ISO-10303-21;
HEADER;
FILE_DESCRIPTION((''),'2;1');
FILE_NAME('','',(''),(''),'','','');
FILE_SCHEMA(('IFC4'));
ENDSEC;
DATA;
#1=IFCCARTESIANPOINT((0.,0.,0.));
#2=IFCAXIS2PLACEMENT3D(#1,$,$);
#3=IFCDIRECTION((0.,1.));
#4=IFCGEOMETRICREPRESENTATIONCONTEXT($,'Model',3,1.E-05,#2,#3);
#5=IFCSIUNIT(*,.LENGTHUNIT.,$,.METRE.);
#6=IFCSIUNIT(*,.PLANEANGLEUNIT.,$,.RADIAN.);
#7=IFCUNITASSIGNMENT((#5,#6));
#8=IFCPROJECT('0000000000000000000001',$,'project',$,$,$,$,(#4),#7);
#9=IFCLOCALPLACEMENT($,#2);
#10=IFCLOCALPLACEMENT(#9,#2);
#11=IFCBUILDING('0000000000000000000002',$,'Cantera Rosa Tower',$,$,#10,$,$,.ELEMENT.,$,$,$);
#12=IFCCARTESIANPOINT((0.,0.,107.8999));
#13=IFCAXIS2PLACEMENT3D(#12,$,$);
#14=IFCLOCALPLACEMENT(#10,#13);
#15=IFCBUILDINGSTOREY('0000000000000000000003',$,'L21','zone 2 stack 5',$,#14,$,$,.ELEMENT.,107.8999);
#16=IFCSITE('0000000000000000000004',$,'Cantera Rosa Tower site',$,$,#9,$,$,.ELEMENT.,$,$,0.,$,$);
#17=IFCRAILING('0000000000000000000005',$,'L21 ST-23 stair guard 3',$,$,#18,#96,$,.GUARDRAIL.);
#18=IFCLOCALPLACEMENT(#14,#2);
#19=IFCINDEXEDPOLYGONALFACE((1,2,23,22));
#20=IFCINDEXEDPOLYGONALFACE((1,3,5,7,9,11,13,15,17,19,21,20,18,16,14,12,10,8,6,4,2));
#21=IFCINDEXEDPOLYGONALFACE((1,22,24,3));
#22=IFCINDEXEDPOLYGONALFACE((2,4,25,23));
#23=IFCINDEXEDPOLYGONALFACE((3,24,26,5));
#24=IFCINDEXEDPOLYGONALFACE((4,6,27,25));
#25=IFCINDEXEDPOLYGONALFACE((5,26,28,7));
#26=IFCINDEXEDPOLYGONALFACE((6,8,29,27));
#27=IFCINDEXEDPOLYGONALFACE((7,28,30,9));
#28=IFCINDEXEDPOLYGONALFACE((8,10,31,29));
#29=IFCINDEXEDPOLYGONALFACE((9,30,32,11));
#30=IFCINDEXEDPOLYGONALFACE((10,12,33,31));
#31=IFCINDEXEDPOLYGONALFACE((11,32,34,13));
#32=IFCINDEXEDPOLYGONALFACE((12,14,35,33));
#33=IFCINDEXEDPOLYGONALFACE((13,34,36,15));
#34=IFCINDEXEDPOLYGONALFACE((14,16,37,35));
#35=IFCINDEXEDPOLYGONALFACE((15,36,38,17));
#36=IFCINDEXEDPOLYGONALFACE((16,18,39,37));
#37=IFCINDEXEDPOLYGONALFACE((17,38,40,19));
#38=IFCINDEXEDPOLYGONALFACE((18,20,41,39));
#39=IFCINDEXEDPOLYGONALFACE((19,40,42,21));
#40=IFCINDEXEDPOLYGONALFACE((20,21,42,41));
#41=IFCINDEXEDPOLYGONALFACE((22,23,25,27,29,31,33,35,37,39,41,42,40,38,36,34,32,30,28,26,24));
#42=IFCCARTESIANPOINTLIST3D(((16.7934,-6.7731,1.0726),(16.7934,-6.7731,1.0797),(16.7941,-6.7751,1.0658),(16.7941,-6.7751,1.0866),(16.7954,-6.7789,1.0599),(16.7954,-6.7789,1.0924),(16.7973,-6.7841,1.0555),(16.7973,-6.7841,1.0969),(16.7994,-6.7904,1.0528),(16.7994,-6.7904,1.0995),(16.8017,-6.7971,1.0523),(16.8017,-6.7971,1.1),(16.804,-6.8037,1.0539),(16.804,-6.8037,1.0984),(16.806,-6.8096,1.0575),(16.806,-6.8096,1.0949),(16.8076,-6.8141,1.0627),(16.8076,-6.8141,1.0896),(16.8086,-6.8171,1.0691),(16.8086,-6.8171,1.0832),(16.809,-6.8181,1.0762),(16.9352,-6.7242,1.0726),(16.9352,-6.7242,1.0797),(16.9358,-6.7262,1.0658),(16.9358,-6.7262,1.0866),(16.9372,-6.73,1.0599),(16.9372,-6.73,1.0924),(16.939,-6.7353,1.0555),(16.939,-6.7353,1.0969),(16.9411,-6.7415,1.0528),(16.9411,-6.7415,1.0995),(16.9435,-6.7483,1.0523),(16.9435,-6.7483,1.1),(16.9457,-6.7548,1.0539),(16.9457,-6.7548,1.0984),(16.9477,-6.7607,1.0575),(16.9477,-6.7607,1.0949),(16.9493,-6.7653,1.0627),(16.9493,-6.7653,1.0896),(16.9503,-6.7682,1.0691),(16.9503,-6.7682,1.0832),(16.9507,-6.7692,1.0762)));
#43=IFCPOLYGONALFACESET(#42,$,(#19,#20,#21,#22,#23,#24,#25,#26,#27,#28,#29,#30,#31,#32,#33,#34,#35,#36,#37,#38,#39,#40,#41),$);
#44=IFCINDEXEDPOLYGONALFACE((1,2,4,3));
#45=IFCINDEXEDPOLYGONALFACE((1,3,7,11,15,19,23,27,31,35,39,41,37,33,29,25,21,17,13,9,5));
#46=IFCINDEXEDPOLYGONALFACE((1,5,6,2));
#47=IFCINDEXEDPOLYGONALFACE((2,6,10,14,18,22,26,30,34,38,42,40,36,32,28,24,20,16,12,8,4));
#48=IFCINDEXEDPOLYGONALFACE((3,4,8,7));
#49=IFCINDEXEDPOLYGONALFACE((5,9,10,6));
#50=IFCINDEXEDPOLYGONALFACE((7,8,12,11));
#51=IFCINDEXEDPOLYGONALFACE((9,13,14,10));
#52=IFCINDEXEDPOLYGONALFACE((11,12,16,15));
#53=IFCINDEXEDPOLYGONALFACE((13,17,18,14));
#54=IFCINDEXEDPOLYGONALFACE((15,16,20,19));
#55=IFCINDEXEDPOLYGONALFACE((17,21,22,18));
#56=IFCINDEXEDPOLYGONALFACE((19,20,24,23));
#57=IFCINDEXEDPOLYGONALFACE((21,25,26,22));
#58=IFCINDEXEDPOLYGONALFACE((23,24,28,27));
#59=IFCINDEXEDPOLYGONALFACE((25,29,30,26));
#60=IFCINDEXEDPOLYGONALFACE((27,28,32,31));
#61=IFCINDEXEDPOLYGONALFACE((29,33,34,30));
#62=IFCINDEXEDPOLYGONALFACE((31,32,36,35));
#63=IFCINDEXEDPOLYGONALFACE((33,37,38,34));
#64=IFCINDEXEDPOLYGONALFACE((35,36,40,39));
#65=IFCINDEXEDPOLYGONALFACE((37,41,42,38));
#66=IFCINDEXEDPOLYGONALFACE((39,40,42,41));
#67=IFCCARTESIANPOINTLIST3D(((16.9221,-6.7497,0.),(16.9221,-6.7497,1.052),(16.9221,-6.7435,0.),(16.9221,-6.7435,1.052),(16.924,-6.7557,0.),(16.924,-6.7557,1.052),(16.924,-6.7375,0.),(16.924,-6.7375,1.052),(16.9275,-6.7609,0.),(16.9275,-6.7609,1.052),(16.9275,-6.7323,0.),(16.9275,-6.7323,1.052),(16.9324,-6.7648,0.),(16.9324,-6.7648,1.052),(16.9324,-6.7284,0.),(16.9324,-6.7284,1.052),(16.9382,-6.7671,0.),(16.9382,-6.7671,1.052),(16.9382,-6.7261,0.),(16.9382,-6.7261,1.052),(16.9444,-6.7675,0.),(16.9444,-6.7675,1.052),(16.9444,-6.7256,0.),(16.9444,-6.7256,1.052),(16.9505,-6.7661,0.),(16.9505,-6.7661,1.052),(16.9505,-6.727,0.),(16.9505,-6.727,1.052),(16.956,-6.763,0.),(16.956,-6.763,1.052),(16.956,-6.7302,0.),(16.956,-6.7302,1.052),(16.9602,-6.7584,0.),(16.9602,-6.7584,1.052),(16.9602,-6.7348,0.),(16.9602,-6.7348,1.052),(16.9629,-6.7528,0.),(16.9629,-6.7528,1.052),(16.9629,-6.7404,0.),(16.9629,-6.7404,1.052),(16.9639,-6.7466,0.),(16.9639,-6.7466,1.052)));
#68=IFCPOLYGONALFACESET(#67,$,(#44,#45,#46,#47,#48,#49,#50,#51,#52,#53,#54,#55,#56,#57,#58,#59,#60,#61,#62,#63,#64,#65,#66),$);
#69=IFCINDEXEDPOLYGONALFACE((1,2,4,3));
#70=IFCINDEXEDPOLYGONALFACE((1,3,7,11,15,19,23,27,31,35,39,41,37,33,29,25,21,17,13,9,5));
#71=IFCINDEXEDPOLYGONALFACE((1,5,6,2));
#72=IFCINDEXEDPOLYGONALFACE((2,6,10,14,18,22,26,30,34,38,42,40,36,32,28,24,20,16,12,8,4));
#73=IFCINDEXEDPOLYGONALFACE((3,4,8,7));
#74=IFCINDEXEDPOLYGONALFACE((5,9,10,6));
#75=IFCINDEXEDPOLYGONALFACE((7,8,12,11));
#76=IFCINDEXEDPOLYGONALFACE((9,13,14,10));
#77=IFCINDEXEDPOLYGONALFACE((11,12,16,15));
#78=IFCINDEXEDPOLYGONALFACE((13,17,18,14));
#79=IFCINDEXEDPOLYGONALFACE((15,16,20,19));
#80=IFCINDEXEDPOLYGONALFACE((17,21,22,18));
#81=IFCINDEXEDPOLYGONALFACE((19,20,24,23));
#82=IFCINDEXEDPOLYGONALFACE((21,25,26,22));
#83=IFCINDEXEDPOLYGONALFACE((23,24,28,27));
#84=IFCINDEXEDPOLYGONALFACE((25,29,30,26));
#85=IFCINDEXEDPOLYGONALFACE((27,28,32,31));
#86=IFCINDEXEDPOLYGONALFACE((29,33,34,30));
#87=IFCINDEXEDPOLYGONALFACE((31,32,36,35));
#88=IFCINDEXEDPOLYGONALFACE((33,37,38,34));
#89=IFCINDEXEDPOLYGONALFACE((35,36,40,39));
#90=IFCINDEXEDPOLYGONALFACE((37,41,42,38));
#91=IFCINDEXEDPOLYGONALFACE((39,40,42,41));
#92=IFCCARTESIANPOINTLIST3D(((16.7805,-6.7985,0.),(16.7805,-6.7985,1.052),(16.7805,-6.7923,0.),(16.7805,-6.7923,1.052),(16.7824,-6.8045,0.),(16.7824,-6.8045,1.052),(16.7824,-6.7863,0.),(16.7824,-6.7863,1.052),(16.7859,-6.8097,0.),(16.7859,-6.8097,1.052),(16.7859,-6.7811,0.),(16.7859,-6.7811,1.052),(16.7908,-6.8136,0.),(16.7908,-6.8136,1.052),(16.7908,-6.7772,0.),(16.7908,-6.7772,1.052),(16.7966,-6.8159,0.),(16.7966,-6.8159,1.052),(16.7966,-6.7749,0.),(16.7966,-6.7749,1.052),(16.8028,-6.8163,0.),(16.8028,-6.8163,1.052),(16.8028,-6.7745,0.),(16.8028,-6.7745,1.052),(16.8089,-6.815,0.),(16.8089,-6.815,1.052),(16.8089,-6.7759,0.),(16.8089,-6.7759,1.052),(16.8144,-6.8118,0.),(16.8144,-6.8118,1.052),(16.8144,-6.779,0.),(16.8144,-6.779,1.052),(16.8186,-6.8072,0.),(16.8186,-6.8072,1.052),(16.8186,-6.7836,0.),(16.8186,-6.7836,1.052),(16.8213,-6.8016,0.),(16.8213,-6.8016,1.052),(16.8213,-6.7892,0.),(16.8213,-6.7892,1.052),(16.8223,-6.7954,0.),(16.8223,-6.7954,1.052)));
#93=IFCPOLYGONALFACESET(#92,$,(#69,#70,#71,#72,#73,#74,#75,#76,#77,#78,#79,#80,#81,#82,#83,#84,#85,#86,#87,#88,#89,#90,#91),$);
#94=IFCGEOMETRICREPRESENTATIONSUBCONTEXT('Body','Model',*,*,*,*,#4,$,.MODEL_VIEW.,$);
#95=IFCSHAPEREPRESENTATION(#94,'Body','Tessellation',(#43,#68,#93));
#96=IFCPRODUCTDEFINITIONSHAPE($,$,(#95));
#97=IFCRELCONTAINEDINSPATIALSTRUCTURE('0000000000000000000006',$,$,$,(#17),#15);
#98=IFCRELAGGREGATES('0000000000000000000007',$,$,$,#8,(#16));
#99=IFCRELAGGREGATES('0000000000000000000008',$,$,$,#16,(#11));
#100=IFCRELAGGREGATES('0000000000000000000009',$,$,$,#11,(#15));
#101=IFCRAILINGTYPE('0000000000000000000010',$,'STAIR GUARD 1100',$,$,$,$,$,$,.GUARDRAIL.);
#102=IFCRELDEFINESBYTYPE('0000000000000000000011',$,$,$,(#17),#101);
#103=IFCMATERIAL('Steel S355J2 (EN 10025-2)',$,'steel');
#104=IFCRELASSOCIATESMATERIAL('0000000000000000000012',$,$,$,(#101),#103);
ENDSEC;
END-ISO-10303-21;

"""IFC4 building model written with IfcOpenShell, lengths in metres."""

from ifc_helpers import new_model, si_unit, direction, frame, origin, origin_2d, place, context, subcontext, project, spatial, circle, extrude, material, type_object, element, save


model = new_model("IFC4")

# Units and contexts
model_context = context("Model", 3, precision=1e-05, world=origin(), true_north=direction((0.0, 1.0)))
body_context = subcontext(model_context, "Body", "Model", "MODEL_VIEW")
ifc_project = project(units=[si_unit("LENGTHUNIT", "METRE"), si_unit("PLANEANGLEUNIT", "RADIAN")], contexts=[model_context])

# Site, building, storey
site_placement = place(None, origin())
site = spatial("IfcSite", under=ifc_project, at=site_placement, Name="Cantera Rosa Tower site", CompositionType="ELEMENT", RefElevation=0.0)
building_placement = place(site_placement, origin())
building = spatial("IfcBuilding", under=site, at=building_placement, Name="Cantera Rosa Tower", CompositionType="ELEMENT")
storey_placement = place(building_placement, frame((0.0, 0.0, 107.8999)))
storey = spatial("IfcBuildingStorey", under=building, at=storey_placement, Name="L21", Description="zone 2 stack 5", CompositionType="ELEMENT", Elevation=107.8999)

# Railing
ifc_material_1 = material(Name="Steel S355J2 (EN 10025-2)", Category="steel")
railing_type_1 = type_object("IfcRailingType", Name="STAIR GUARD 1100", PredefinedType="GUARDRAIL", material=ifc_material_1)
railing_1_placement = place(storey_placement, frame((16.9429, -6.7466, 0.0)))
element("IfcRailing", 1, at=railing_1_placement, inside=storey, type_object=railing_type_1, Name="L21 ST-23 stair guard 3", PredefinedType="GUARDRAIL", context=body_context, shape_type="SweptSolid", body=[
    extrude(circle(Radius=0.0239, at=origin_2d()), frame((0.0, 0.0, 1.0762), z_axis=(-0.945373, -0.325991, 0.0), x_axis=(0.325991, -0.945373, 0.0)), (0.0, 0.0, 1.0), 0.1499),
    extrude(circle(Radius=0.021, at=origin_2d()), origin(), (0.0, 0.0, 1.0), 1.052),
    extrude(circle(Radius=0.021, at=origin_2d()), frame((-0.1416, -0.0488, 0.0)), (0.0, 0.0, 1.0), 1.052),
])

save(model, "model.ifc")
